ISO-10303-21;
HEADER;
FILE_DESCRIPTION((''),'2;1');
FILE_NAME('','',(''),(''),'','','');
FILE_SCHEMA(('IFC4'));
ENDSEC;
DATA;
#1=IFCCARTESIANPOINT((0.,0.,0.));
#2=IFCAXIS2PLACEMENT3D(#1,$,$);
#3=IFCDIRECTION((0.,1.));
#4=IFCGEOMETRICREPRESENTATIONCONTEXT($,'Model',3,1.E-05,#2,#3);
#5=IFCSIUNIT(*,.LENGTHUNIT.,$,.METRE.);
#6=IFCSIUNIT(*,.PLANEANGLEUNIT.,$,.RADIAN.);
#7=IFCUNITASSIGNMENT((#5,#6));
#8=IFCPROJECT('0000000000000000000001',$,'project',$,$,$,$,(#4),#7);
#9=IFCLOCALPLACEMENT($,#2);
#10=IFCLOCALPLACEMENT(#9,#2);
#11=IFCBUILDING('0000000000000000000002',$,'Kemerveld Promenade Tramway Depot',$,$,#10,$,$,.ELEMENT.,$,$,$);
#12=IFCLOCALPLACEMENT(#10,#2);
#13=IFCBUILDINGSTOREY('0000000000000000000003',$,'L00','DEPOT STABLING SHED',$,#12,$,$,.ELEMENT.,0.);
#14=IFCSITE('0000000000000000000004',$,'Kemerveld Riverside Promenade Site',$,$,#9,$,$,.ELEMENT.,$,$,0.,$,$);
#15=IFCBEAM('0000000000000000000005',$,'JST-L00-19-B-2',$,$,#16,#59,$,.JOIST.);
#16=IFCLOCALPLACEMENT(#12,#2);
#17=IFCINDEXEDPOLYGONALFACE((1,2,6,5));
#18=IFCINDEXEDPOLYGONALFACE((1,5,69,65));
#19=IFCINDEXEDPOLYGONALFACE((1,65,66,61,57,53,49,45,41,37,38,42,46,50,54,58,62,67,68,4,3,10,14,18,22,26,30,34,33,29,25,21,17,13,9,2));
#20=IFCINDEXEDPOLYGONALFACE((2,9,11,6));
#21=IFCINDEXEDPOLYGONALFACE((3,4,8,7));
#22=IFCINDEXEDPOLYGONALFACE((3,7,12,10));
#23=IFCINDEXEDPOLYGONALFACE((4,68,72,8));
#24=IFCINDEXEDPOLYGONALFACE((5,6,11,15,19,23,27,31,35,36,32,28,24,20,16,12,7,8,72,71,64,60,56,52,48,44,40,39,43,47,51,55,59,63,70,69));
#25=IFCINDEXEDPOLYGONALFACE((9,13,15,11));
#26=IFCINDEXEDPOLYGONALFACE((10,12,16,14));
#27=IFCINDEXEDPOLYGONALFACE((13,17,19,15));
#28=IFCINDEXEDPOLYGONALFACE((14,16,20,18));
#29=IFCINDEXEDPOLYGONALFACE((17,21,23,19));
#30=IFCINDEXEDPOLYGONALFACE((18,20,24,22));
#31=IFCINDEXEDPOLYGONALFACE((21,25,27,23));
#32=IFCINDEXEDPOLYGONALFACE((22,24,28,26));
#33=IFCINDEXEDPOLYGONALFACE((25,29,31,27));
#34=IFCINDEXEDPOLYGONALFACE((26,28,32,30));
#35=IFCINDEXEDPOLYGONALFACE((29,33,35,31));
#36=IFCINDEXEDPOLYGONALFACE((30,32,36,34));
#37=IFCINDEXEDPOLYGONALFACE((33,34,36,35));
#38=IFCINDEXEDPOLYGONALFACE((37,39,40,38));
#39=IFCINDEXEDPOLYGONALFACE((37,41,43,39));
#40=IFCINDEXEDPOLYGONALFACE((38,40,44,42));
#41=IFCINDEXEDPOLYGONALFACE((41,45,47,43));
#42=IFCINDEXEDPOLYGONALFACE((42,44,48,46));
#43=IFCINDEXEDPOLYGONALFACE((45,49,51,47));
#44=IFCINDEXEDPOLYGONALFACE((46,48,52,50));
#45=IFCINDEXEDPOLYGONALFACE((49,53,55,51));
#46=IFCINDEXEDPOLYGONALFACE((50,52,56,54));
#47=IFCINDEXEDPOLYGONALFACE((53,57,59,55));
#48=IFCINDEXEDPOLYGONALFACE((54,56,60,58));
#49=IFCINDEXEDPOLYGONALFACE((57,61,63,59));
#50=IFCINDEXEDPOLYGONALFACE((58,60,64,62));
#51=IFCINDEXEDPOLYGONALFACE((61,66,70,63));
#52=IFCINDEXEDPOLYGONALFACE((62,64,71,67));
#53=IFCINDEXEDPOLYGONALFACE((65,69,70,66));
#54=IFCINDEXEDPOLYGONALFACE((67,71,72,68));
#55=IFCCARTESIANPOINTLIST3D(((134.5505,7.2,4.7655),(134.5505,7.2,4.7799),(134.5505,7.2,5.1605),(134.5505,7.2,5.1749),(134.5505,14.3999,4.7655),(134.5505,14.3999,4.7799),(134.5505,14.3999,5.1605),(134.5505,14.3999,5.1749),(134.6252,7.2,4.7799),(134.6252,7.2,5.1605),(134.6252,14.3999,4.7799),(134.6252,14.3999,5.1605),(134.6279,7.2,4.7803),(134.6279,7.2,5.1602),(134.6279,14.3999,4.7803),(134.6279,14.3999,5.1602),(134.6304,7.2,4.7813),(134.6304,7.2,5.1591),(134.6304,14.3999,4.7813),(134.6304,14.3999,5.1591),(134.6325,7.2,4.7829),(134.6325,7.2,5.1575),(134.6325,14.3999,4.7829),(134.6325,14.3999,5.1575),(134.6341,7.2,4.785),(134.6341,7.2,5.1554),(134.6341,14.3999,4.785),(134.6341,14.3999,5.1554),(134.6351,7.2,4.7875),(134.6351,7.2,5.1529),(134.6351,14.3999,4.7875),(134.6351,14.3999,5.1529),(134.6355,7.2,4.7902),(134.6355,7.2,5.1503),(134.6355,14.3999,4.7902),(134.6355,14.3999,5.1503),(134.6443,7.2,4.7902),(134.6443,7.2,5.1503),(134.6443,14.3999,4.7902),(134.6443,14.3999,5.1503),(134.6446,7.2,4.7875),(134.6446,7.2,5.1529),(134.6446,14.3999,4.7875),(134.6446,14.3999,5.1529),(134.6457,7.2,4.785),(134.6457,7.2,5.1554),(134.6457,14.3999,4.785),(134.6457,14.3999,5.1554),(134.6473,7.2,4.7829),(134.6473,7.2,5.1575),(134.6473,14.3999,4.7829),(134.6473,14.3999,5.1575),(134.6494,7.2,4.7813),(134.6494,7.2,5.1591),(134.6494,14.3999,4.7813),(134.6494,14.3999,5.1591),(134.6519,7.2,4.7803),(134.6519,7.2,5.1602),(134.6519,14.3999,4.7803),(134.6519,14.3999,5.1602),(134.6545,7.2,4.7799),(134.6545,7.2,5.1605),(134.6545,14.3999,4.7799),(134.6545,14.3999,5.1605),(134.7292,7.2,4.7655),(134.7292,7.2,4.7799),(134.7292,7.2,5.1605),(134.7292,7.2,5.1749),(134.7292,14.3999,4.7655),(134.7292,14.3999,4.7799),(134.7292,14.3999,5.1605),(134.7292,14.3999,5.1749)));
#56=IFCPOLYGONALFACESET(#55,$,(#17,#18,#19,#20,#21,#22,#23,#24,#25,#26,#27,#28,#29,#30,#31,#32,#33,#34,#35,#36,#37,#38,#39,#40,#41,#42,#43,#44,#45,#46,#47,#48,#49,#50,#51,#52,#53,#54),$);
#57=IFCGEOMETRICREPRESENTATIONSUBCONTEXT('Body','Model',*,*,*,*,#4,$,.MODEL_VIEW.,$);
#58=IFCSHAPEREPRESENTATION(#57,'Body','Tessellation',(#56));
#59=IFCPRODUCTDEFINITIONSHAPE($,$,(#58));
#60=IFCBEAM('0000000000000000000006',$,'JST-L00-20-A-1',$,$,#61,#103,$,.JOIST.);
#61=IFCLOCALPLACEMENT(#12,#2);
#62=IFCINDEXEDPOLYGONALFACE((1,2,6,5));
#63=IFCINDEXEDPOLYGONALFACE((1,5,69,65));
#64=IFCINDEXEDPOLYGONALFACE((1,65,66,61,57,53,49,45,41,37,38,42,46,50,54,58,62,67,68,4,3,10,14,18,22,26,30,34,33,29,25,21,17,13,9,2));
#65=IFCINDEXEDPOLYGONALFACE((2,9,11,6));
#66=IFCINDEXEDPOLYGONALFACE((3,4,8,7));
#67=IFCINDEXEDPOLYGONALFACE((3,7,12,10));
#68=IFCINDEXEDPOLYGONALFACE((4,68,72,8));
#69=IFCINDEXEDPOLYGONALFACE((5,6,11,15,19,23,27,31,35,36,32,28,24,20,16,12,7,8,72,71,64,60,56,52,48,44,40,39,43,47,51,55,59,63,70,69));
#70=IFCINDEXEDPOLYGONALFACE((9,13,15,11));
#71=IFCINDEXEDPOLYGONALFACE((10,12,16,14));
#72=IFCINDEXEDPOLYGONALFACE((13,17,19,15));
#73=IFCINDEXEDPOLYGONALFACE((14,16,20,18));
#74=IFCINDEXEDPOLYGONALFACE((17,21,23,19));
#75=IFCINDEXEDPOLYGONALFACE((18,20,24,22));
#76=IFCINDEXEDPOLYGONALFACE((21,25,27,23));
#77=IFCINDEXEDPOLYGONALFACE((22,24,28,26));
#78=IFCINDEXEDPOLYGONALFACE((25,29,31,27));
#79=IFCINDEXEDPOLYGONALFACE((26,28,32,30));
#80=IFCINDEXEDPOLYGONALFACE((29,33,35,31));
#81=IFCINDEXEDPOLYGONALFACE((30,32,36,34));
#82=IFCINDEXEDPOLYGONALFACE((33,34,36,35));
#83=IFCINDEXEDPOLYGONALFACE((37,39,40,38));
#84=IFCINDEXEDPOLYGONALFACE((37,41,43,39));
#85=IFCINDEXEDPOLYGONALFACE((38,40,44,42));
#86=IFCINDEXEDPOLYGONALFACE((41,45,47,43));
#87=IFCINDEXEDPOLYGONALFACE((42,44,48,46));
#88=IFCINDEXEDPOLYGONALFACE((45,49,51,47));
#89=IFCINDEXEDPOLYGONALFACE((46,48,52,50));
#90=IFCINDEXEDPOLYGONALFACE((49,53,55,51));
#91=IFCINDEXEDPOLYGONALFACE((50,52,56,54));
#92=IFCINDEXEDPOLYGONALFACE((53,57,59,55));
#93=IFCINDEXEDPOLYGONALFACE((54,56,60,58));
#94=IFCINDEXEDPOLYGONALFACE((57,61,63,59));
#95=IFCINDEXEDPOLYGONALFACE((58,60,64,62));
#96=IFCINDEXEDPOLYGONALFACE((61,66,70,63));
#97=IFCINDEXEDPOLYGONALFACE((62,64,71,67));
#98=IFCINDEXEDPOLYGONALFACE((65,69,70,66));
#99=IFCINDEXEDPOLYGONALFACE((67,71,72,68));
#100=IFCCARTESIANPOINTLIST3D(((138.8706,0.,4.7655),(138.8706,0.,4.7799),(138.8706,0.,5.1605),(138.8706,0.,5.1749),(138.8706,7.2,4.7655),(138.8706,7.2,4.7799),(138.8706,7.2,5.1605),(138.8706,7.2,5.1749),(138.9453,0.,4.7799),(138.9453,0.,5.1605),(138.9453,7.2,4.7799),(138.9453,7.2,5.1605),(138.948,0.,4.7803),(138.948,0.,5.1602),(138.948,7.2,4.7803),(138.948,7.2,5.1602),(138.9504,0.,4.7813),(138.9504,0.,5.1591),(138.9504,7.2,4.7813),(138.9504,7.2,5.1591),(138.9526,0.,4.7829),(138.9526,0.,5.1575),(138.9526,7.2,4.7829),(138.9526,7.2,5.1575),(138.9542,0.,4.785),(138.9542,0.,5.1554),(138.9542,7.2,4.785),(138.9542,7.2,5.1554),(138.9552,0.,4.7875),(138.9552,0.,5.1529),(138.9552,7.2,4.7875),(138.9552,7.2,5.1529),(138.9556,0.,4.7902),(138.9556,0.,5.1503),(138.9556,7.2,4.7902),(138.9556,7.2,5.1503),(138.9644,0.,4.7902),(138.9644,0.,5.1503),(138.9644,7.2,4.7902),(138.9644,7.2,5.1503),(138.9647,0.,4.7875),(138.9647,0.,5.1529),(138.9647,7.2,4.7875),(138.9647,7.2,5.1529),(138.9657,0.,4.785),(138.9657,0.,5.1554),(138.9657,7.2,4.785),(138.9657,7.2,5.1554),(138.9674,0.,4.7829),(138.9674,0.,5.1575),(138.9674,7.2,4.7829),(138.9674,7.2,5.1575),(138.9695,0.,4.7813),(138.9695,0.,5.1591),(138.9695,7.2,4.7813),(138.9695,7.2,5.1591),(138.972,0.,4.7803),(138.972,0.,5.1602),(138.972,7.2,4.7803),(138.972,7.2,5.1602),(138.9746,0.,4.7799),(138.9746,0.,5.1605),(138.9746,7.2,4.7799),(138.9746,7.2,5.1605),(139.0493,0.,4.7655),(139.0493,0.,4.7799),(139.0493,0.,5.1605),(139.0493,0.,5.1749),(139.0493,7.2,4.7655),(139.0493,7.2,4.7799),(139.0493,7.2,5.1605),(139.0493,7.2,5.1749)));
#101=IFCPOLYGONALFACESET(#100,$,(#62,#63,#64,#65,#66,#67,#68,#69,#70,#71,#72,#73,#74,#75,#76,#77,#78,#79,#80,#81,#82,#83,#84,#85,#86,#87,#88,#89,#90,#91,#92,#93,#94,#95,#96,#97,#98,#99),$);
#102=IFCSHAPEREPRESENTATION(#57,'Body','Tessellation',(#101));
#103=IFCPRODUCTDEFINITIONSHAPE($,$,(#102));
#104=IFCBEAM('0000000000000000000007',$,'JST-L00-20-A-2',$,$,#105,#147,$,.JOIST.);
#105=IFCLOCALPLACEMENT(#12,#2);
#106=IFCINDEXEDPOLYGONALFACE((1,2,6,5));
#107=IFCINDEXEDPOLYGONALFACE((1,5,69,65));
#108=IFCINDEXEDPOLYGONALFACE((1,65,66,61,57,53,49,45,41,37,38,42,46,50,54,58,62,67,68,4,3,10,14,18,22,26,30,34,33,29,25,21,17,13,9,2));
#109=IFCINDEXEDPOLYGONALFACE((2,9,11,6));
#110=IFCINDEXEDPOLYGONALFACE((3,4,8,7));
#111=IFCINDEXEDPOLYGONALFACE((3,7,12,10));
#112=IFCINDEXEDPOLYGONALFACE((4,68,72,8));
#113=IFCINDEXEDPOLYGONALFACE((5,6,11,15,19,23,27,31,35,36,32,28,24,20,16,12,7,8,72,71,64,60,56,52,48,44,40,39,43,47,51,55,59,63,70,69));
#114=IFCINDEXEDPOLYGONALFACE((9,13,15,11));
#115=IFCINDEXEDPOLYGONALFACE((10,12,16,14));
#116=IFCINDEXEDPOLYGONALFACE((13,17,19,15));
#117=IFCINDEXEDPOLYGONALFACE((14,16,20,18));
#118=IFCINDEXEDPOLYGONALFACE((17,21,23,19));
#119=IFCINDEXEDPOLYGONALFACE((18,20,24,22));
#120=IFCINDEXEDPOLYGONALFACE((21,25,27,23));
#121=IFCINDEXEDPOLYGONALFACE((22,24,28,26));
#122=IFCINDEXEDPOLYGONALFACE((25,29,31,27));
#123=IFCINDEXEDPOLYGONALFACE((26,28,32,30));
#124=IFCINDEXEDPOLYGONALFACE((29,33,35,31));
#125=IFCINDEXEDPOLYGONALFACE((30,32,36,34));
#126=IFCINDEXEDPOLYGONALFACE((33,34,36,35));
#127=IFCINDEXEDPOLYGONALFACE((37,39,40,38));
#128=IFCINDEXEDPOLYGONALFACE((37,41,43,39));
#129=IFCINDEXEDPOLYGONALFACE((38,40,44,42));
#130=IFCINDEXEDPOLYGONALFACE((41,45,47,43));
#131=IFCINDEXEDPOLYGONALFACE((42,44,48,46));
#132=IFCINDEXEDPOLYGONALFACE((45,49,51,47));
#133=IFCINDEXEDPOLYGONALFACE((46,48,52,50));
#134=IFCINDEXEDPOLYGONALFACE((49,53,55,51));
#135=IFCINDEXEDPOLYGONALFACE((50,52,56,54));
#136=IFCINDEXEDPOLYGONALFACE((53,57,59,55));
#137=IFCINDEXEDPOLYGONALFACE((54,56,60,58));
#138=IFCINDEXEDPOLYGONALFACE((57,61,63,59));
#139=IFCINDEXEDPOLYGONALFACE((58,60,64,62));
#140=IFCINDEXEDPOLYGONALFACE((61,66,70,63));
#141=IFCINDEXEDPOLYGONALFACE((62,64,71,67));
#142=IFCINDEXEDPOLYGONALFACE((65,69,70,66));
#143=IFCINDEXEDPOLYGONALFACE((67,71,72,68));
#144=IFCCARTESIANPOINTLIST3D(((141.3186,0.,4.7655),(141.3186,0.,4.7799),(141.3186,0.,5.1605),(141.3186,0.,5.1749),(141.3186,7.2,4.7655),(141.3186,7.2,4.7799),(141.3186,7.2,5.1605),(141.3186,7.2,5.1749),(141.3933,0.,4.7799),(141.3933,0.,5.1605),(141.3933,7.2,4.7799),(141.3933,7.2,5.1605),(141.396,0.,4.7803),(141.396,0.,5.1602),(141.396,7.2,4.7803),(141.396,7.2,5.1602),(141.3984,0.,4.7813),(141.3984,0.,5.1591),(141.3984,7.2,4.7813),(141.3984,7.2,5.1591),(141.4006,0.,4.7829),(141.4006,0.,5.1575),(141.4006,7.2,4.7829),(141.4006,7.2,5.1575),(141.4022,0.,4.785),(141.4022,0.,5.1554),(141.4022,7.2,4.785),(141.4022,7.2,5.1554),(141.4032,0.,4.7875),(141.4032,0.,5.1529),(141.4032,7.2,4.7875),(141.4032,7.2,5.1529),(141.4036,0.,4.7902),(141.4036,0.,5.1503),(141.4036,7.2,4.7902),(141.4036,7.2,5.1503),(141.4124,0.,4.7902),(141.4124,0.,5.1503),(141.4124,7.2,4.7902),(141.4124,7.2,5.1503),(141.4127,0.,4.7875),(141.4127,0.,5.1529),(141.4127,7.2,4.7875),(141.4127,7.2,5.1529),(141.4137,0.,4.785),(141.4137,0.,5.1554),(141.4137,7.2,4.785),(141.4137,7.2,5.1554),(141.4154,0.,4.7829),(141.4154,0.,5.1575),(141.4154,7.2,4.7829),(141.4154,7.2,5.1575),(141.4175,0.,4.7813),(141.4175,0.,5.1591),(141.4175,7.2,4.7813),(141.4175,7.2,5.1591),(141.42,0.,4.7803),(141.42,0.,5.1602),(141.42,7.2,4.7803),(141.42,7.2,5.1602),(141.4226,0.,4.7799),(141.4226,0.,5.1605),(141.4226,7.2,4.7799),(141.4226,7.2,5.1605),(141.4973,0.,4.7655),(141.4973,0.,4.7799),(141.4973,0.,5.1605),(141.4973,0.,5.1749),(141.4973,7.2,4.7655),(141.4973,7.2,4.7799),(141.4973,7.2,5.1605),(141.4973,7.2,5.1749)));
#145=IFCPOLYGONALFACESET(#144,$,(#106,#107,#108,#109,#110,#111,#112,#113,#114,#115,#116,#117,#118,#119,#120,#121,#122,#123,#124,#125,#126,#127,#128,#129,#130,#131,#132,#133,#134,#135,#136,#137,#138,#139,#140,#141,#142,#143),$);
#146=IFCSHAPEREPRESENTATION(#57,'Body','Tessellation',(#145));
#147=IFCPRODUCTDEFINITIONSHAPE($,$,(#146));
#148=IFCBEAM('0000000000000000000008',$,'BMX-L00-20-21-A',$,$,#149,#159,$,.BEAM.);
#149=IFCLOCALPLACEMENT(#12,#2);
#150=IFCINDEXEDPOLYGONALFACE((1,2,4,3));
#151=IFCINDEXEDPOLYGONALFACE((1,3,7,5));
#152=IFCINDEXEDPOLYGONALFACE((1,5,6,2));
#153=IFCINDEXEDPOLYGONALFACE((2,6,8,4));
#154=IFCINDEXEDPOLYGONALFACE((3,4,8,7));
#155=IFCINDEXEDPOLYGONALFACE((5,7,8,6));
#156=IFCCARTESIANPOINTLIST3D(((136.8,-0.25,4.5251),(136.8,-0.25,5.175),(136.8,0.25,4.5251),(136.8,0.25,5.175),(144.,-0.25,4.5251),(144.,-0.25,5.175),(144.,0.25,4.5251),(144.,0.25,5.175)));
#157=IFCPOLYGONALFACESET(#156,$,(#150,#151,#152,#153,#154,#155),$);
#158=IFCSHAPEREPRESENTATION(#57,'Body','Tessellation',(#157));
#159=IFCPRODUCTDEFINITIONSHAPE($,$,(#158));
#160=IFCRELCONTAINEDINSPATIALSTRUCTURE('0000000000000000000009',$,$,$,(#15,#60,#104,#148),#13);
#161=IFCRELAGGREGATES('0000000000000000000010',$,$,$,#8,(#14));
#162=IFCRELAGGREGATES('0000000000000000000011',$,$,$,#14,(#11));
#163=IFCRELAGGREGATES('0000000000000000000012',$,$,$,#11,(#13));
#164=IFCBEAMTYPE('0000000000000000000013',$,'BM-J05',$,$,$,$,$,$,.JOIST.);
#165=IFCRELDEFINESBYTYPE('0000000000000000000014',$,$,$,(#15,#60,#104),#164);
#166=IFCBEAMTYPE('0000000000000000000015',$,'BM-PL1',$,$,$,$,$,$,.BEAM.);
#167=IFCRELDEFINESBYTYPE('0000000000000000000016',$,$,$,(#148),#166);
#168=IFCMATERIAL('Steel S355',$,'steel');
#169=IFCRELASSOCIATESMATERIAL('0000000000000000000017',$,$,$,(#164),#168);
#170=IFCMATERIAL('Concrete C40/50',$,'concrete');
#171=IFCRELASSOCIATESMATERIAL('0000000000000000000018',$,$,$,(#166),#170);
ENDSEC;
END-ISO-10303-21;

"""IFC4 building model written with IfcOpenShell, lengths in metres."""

from ifc_helpers import new_model, si_unit, direction, frame, origin, origin_2d, place, context, subcontext, project, spatial, rectangle, i_section, extrude, material, material_profile, profile_set, type_object, element, save


model = new_model("IFC4")

# Units and contexts
model_context = context("Model", 3, precision=1e-05, world=origin(), true_north=direction((0.0, 1.0)))
body_context = subcontext(model_context, "Body", "Model", "MODEL_VIEW")
ifc_project = project(units=[si_unit("LENGTHUNIT", "METRE"), si_unit("PLANEANGLEUNIT", "RADIAN")], contexts=[model_context])

# Site, building, storey
site_placement = place(None, origin())
site = spatial("IfcSite", under=ifc_project, at=site_placement, Name="Kemerveld Riverside Promenade Site", CompositionType="ELEMENT", RefElevation=0.0)
building_placement = place(site_placement, origin())
building = spatial("IfcBuilding", under=site, at=building_placement, Name="Kemerveld Promenade Tramway Depot", CompositionType="ELEMENT")
storey_placement = place(building_placement, origin())
storey = spatial("IfcBuildingStorey", under=building, at=storey_placement, Name="L00", Description="DEPOT STABLING SHED", CompositionType="ELEMENT", Elevation=0.0)

# Shared definitions
ifc_material_1 = material(Name="Concrete C40/50", Category="concrete")

# Beams
ifc_material_2 = material(Name="Steel S355", Category="steel")
ifc_material_profile_1 = material_profile(ifc_material_2, i_section(OverallWidth=0.1787, OverallDepth=0.4094, WebThickness=0.0088, FlangeThickness=0.0144, FilletRadius=0.0103, at=origin_2d()), Name="406x178x67 UB")
ifc_profile_set_1 = profile_set([ifc_material_profile_1], Name="Steel S355")
beam_type_1 = type_object("IfcBeamType", Name="BM-J05", PredefinedType="JOIST", material=ifc_profile_set_1)
for number, where, z_axis, x_axis, name in (
    (1, (134.6399, 7.2, 4.9702), (0.0, 1.0, 0.0), (-1.0, 0.0, 0.0), "JST-L00-19-B-2"),
    (2, (138.96, 0.0, 4.9702), (0.0, 1.0, 0.0), (-1.0, 0.0, 0.0), "JST-L00-20-A-1"),
    (3, (141.408, 0.0, 4.9702), (0.0, 1.0, 0.0), (-1.0, 0.0, 0.0), "JST-L00-20-A-2"),
):
    element("IfcBeam", number, at=place(storey_placement, frame(where, z_axis=z_axis, x_axis=x_axis)), inside=storey, type_object=beam_type_1, Name=name, PredefinedType="JOIST", context=body_context, shape_type="SweptSolid", body=[
        extrude(i_section(OverallWidth=0.1787, OverallDepth=0.4094, WebThickness=0.0088, FlangeThickness=0.0144, FilletRadius=0.0103, at=origin_2d()), origin(), (0.0, 0.0, 1.0), 7.2),
    ])
ifc_material_profile_2 = material_profile(ifc_material_1, rectangle(XDim=0.5, YDim=0.6499, at=origin_2d()), Name="RC-PLINTH-500x650")
ifc_profile_set_2 = profile_set([ifc_material_profile_2], Name="Concrete C40/50")
beam_type_2 = type_object("IfcBeamType", Name="BM-PL1", PredefinedType="BEAM", material=ifc_profile_set_2)
beam_1_placement = place(storey_placement, frame((136.8, 0.0, 4.8501), z_axis=(1.0, 0.0, 0.0), x_axis=(0.0, 1.0, 0.0)))
element("IfcBeam", 4, at=beam_1_placement, inside=storey, type_object=beam_type_2, Name="BMX-L00-20-21-A", PredefinedType="BEAM", context=body_context, shape_type="SweptSolid", body=[
    extrude(rectangle(XDim=0.5, YDim=0.6499, at=origin_2d()), origin(), (0.0, 0.0, 1.0), 7.2),
])

save(model, "model.ifc")
